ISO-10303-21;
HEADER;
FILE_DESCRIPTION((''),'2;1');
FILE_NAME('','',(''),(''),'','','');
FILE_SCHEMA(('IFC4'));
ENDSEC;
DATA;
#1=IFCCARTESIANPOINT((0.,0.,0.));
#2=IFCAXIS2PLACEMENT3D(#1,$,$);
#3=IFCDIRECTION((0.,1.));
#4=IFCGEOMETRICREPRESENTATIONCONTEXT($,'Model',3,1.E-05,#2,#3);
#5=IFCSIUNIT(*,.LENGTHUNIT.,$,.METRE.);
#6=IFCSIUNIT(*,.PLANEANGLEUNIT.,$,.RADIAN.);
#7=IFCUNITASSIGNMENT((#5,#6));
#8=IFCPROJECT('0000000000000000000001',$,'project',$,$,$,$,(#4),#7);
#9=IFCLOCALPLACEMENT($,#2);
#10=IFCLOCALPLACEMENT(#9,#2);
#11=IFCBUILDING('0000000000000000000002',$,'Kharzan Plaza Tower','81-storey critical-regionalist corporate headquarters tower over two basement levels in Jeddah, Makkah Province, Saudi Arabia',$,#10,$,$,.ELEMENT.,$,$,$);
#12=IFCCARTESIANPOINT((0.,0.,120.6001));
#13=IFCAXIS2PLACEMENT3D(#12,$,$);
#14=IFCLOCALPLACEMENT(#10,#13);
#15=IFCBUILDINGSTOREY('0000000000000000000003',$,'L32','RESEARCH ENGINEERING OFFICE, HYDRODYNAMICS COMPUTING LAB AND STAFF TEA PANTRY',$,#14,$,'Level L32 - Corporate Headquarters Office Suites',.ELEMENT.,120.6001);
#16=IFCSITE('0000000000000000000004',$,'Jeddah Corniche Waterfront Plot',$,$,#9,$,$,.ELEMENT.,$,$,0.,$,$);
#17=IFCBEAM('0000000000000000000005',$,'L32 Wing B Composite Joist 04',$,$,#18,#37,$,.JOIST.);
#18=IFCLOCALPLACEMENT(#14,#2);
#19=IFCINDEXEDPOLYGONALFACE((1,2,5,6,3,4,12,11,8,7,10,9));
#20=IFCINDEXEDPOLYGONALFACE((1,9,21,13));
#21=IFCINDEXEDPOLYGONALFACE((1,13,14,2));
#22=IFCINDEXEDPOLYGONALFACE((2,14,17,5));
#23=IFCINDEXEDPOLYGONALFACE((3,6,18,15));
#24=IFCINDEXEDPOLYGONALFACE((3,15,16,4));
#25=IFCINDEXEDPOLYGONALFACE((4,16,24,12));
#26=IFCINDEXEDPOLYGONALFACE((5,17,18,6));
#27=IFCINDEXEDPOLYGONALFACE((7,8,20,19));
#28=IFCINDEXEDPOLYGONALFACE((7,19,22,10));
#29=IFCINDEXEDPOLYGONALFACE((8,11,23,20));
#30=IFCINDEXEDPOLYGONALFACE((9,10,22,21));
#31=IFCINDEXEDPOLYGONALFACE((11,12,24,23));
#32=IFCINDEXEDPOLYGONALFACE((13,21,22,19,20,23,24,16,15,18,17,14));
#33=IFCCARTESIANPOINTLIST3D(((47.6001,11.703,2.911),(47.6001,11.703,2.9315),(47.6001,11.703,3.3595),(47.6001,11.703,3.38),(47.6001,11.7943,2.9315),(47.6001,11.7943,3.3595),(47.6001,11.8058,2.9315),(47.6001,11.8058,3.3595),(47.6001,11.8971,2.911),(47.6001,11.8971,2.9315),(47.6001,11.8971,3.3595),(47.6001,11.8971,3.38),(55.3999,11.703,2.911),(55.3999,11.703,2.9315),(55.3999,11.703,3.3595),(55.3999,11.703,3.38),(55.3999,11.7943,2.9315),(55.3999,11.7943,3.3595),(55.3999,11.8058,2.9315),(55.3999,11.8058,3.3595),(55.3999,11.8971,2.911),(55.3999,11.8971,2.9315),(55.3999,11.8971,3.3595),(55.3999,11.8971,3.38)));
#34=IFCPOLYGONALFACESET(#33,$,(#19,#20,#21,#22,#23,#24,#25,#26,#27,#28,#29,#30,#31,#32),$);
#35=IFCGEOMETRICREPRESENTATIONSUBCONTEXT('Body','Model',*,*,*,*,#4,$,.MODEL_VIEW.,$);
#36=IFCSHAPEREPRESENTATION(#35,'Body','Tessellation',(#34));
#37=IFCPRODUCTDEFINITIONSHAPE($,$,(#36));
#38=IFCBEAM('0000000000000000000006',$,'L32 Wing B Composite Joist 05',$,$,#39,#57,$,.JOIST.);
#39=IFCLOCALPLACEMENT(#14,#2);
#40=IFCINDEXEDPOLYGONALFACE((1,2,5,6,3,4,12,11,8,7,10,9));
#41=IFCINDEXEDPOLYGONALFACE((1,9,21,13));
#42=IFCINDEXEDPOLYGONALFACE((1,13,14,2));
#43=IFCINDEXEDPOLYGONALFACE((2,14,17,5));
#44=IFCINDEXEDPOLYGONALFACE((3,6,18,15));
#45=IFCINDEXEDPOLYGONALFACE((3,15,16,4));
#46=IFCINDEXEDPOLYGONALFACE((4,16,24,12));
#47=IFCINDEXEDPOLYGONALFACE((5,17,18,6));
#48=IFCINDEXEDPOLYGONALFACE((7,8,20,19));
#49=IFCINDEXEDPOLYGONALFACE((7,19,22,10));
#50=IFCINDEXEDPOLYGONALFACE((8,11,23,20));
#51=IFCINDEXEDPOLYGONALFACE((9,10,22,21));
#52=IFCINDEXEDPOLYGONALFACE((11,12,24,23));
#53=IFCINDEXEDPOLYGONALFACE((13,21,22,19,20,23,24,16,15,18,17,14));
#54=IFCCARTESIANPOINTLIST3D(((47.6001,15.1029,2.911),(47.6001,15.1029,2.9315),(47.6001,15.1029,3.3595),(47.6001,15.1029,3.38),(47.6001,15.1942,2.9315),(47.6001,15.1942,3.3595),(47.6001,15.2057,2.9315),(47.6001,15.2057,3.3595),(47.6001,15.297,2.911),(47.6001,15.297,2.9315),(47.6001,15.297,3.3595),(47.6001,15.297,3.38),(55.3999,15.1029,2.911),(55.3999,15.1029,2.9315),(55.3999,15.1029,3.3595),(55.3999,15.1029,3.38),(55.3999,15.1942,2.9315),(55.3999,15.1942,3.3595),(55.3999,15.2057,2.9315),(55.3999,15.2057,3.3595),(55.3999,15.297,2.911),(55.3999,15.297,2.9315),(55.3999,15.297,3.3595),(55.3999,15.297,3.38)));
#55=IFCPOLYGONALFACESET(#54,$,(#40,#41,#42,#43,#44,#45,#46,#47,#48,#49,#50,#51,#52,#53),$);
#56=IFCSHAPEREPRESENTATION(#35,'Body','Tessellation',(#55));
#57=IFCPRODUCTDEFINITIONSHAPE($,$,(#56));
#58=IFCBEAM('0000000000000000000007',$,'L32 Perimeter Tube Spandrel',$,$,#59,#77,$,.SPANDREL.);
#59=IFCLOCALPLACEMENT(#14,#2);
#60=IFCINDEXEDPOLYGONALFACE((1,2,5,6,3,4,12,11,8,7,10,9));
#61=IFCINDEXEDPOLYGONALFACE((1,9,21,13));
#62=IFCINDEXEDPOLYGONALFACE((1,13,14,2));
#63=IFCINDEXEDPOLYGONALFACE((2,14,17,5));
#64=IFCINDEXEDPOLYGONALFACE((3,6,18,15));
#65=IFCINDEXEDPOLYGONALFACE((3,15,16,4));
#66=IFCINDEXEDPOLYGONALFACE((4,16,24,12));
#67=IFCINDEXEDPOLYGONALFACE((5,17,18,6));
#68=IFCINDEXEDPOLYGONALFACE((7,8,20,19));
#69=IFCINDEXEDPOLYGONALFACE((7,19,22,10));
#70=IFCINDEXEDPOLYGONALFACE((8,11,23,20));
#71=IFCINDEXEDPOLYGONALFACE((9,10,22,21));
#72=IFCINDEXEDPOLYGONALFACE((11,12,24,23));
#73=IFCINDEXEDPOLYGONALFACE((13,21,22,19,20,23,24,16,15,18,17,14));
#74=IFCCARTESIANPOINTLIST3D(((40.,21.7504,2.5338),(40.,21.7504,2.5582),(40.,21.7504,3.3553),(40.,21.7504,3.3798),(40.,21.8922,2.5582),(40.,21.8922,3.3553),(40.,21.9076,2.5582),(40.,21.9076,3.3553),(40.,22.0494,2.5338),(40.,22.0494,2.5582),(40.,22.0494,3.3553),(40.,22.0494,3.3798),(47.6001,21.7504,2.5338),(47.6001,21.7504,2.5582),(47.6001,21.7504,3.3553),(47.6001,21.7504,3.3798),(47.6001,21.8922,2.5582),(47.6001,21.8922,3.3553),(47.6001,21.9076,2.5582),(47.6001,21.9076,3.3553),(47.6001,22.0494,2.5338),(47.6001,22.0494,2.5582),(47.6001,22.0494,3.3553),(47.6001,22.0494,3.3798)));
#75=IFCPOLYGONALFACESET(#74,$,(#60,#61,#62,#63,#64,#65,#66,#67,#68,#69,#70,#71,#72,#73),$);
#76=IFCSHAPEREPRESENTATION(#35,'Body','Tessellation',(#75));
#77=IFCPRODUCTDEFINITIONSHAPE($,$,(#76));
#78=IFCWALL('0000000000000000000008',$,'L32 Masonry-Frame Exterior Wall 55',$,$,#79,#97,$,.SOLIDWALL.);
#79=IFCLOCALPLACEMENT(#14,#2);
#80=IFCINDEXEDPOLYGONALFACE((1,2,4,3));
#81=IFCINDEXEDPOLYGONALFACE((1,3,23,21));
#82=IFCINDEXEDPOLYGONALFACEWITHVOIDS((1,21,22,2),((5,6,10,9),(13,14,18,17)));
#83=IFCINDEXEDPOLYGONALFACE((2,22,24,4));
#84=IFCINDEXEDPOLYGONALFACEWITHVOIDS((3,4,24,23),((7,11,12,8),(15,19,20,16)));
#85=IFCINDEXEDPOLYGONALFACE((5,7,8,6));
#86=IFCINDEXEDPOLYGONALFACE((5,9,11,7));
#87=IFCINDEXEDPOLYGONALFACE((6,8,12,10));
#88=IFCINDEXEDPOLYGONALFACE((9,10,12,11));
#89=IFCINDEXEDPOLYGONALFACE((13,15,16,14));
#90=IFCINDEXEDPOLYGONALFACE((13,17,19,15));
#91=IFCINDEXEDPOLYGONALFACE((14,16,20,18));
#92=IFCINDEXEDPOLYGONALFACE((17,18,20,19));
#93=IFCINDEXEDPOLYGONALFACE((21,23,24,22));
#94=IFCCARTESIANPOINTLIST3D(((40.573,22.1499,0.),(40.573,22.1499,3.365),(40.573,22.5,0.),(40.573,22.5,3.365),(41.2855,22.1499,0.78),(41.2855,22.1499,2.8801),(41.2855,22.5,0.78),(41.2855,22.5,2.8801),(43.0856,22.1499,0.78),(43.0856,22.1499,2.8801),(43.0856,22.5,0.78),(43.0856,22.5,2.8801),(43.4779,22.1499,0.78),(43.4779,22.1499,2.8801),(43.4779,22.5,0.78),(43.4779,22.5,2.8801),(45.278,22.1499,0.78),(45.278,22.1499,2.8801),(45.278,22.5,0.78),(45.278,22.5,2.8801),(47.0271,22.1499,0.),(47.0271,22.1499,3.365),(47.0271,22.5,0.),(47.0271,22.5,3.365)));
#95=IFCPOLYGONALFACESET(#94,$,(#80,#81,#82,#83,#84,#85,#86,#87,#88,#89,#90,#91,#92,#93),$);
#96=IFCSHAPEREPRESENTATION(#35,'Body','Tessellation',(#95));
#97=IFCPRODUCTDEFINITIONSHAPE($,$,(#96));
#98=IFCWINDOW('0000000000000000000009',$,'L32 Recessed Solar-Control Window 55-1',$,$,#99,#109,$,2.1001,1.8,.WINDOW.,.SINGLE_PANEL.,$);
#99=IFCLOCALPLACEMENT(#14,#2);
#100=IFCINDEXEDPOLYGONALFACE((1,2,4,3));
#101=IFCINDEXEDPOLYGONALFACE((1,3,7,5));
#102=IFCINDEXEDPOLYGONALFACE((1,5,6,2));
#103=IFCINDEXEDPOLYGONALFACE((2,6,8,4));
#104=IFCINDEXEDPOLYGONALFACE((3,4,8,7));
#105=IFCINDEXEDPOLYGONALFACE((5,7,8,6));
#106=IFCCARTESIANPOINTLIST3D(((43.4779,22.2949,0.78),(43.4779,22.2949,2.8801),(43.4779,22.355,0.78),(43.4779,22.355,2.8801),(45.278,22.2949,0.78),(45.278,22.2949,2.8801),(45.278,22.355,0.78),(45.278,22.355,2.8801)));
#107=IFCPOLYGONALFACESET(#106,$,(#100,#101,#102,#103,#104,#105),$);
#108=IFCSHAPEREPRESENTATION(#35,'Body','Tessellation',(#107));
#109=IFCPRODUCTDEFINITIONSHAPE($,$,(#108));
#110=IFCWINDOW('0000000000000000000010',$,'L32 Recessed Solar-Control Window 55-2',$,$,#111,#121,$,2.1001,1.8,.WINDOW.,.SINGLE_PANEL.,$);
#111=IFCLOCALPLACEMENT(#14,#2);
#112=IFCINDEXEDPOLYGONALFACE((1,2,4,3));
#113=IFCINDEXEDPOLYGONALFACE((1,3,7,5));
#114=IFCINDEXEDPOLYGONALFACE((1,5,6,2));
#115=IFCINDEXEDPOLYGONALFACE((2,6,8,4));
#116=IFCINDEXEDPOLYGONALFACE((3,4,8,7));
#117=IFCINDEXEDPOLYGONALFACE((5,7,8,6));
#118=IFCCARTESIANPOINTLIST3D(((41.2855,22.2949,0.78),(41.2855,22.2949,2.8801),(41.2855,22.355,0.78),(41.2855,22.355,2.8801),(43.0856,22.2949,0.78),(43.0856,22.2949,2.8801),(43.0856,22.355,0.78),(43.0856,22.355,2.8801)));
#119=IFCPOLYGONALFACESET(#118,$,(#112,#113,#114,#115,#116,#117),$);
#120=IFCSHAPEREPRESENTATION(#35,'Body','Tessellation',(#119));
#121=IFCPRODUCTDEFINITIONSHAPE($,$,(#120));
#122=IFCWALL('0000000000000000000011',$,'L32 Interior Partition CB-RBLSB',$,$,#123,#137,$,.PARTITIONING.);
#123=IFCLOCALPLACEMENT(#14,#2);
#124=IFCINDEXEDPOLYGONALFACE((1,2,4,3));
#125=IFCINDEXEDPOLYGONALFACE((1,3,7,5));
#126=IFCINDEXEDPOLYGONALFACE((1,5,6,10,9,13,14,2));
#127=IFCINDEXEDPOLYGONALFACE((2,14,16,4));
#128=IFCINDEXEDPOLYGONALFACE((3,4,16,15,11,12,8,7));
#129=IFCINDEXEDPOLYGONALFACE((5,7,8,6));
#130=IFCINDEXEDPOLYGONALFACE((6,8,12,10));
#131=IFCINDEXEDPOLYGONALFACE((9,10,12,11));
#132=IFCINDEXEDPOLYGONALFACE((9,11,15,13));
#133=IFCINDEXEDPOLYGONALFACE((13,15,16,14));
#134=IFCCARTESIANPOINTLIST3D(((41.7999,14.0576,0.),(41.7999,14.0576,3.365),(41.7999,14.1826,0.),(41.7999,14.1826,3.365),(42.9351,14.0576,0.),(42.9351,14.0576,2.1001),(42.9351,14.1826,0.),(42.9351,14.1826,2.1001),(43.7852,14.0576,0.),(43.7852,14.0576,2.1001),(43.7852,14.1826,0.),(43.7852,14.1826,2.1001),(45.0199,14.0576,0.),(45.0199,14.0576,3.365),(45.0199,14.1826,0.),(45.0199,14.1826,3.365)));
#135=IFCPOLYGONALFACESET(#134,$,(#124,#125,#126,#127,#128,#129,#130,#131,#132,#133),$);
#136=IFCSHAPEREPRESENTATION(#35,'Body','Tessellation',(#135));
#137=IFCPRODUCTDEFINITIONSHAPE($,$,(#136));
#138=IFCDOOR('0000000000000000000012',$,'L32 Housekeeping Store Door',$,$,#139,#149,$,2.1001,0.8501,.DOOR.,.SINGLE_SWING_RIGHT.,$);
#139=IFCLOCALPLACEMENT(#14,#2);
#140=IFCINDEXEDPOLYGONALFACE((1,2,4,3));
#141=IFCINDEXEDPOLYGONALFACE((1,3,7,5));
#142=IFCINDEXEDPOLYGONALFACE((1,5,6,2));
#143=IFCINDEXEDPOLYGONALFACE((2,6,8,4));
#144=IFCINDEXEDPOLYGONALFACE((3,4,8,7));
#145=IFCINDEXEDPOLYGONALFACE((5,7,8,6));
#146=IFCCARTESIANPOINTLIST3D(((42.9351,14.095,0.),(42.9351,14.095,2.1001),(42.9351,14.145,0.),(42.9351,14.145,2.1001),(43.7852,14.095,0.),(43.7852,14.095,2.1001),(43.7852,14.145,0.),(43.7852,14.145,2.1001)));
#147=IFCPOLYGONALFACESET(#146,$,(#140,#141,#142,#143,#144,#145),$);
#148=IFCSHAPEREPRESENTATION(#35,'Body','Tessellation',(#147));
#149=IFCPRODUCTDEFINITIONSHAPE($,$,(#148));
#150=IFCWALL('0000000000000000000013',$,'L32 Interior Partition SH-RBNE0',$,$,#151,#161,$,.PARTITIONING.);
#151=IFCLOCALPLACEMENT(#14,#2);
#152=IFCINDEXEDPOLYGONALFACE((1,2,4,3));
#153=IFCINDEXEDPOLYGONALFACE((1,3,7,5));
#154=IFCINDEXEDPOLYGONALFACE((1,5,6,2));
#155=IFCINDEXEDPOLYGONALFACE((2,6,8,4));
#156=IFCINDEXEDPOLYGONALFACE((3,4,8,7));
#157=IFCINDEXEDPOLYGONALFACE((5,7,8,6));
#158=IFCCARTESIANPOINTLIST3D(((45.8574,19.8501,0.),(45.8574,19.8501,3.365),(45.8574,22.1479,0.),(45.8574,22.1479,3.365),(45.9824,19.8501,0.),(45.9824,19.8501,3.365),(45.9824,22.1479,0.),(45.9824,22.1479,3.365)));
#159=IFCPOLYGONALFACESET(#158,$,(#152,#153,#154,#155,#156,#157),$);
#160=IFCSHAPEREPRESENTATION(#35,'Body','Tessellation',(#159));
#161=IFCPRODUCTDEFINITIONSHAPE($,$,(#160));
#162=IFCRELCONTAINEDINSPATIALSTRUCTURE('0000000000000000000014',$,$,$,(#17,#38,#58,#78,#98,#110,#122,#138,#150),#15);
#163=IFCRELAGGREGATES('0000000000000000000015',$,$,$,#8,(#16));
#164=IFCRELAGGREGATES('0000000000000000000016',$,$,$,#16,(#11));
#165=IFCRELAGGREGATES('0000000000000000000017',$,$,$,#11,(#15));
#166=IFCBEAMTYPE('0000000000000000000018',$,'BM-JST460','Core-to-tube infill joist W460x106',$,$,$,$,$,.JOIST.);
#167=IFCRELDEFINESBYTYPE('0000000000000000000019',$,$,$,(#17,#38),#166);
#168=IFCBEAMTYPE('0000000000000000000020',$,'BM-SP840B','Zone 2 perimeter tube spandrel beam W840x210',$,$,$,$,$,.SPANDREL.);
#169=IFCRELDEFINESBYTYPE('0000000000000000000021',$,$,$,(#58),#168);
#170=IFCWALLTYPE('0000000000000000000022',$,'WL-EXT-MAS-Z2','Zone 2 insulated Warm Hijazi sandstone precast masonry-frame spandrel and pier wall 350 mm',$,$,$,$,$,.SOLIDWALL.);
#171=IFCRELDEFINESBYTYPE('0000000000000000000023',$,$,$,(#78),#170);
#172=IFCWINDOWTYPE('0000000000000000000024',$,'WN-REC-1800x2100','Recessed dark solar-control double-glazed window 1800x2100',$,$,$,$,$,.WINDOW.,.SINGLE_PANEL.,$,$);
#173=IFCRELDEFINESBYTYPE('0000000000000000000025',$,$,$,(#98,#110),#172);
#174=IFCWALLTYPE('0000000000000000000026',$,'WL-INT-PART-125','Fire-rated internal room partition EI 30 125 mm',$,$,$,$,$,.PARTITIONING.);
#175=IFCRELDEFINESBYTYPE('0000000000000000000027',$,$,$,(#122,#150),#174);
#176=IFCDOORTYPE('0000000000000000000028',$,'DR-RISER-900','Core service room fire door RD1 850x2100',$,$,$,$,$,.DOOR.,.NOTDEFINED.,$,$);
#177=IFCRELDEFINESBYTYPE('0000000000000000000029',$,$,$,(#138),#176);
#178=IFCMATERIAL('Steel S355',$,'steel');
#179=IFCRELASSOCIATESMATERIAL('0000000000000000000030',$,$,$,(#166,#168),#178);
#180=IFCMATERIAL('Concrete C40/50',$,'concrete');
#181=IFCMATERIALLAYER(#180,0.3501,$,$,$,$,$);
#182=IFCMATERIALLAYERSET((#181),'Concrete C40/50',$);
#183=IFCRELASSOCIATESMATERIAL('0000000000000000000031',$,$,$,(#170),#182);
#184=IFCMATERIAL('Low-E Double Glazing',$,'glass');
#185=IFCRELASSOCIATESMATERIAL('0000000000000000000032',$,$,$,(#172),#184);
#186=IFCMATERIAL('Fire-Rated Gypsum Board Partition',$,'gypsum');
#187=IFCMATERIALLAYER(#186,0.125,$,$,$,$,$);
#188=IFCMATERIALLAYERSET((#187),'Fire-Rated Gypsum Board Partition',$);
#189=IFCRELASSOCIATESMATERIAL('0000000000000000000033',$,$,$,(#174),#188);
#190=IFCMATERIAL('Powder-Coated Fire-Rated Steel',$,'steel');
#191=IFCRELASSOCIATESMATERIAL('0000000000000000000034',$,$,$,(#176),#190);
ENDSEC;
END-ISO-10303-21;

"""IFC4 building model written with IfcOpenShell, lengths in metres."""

from ifc_helpers import new_model, si_unit, direction, frame, frame_2d, origin, origin_2d, place, context, subcontext, project, spatial, rectangle, i_section, extrude, source, transform, mapped, material, layer, layer_set, material_profile, profile_set, type_object, element, fill, save


model = new_model("IFC4")

# Units and contexts
model_context = context("Model", 3, precision=1e-05, world=origin(), true_north=direction((0.0, 1.0)))
body_context = subcontext(model_context, "Body", "Model", "MODEL_VIEW")
ifc_project = project(units=[si_unit("LENGTHUNIT", "METRE"), si_unit("PLANEANGLEUNIT", "RADIAN")], contexts=[model_context])

# Site, building, storey
site_placement = place(None, origin())
site = spatial("IfcSite", under=ifc_project, at=site_placement, Name="Jeddah Corniche Waterfront Plot", CompositionType="ELEMENT", RefElevation=0.0)
building_placement = place(site_placement, origin())
building = spatial("IfcBuilding", under=site, at=building_placement, Name="Kharzan Plaza Tower", Description="81-storey critical-regionalist corporate headquarters tower over two basement levels in Jeddah, Makkah Province, Saudi Arabia", CompositionType="ELEMENT")
storey_placement = place(building_placement, frame((0.0, 0.0, 120.6001)))
storey = spatial("IfcBuildingStorey", under=building, at=storey_placement, Name="L32", Description="RESEARCH ENGINEERING OFFICE, HYDRODYNAMICS COMPUTING LAB AND STAFF TEA PANTRY", LongName="Level L32 - Corporate Headquarters Office Suites", CompositionType="ELEMENT", Elevation=120.6001)

# Beams
ifc_material_1 = material(Name="Steel S355", Category="steel")
ifc_material_profile_1 = material_profile(ifc_material_1, i_section(OverallWidth=0.1941, OverallDepth=0.469, WebThickness=0.0115, FlangeThickness=0.0205, at=origin_2d()), Name="W460x106")
ifc_profile_set_1 = profile_set([ifc_material_profile_1], Name="Steel S355")
beam_type_1 = type_object("IfcBeamType", Name="BM-JST460", Description="Core-to-tube infill joist W460x106", PredefinedType="JOIST", material=ifc_profile_set_1)
shared_shape_1 = source(origin(), body_context, "Body", "SweptSolid", [
    extrude(i_section(OverallWidth=0.1941, OverallDepth=0.469, WebThickness=0.0115, FlangeThickness=0.0205, at=origin_2d()), origin(), (0.0, 0.0, 1.0), 7.7998),
])
for number, where, z_axis, x_axis, name in (
    (1, (47.6001, 11.8, 3.1455), (1.0, 0.0, 0.0), (0.0, 1.0, 0.0), "L32 Wing B Composite Joist 04"),
    (2, (47.6001, 15.2, 3.1455), (1.0, 0.0, 0.0), (0.0, 1.0, 0.0), "L32 Wing B Composite Joist 05"),
):
    element("IfcBeam", number, at=place(storey_placement, frame(where, z_axis=z_axis, x_axis=x_axis)), inside=storey, type_object=beam_type_1, Name=name, PredefinedType="JOIST", context=body_context, shape_type="MappedRepresentation", body=[
        mapped(shared_shape_1, transform((0.0, 0.0, 0.0), x_axis=(1.0, 0.0, 0.0), y_axis=(0.0, 1.0, 0.0), z_axis=(0.0, 0.0, 1.0))),
    ])
ifc_material_profile_2 = material_profile(ifc_material_1, i_section(OverallWidth=0.2991, OverallDepth=0.8459, WebThickness=0.0154, FlangeThickness=0.0244, at=origin_2d()), Name="W840x210")
ifc_profile_set_2 = profile_set([ifc_material_profile_2], Name="Steel S355")
beam_type_2 = type_object("IfcBeamType", Name="BM-SP840B", Description="Zone 2 perimeter tube spandrel beam W840x210", PredefinedType="SPANDREL", material=ifc_profile_set_2)
shared_shape_2 = source(origin(), body_context, "Body", "SweptSolid", [
    extrude(i_section(OverallWidth=0.2991, OverallDepth=0.8459, WebThickness=0.0154, FlangeThickness=0.0244, at=origin_2d()), origin(), (0.0, 0.0, 1.0), 7.6001),
])
beam_1_placement = place(storey_placement, frame((40.0, 21.8999, 2.9568), z_axis=(1.0, 0.0, 0.0), x_axis=(0.0, 1.0, 0.0)))
element("IfcBeam", 3, at=beam_1_placement, inside=storey, type_object=beam_type_2, Name="L32 Perimeter Tube Spandrel", PredefinedType="SPANDREL", context=body_context, shape_type="MappedRepresentation", body=[
    mapped(shared_shape_2, transform((0.0, 0.0, 0.0), x_axis=(1.0, 0.0, 0.0), y_axis=(0.0, 1.0, 0.0), z_axis=(0.0, 0.0, 1.0))),
])

# Wall, openings, windows
ifc_material_2 = material(Name="Concrete C40/50", Category="concrete")
ifc_layer_1 = layer(ifc_material_2, 0.3501)
ifc_layer_set_1 = layer_set([ifc_layer_1], Name="Concrete C40/50")
wall_type_1 = type_object("IfcWallType", Name="WL-EXT-MAS-Z2", Description="Zone 2 insulated Warm Hijazi sandstone precast masonry-frame spandrel and pier wall 350 mm", PredefinedType="SOLIDWALL", material=ifc_layer_set_1)
wall_1_placement = place(storey_placement, frame((47.0271, 22.325, 0.0), z_axis=(0.0, 0.0, 1.0), x_axis=(-1.0, 0.0, 0.0)))
wall_1 = element("IfcWall", 4, at=wall_1_placement, inside=storey, type_object=wall_type_1, Name="L32 Masonry-Frame Exterior Wall 55", PredefinedType="SOLIDWALL", context=body_context, shape_type="SweptSolid", body=[
    extrude(rectangle(XDim=6.4541, YDim=0.3501, at=frame_2d((3.2271, 0.0))), origin(), (0.0, 0.0, 1.0), 3.365),
])
opening_1_placement = place(wall_1_placement, frame((1.7493, 0.0, 0.78)))
opening_1 = element("IfcOpeningElement", 5, at=opening_1_placement, cuts=wall_1, PredefinedType="OPENING", context=body_context, shape_type="SweptSolid", body=[
    extrude(rectangle(XDim=1.8, YDim=2.1001, at=frame_2d((0.8999, 1.05))), frame((0.0, 0.1851, 0.0), z_axis=(0.0, -1.0, 0.0), x_axis=(1.0, 0.0, 0.0)), (0.0, 0.0, 1.0), 0.3701),
])
opening_2_placement = place(wall_1_placement, frame((3.9417, 0.0, 0.78)))
opening_2 = element("IfcOpeningElement", 6, at=opening_2_placement, cuts=wall_1, PredefinedType="OPENING", context=body_context, shape_type="SweptSolid", body=[
    extrude(rectangle(XDim=1.8, YDim=2.1001, at=frame_2d((0.8999, 1.05))), frame((0.0, 0.1851, 0.0), z_axis=(0.0, -1.0, 0.0), x_axis=(1.0, 0.0, 0.0)), (0.0, 0.0, 1.0), 0.3701),
])
ifc_material_3 = material(Name="Low-E Double Glazing", Category="glass")
window_type = type_object("IfcWindowType", Name="WN-REC-1800x2100", Description="Recessed dark solar-control double-glazed window 1800x2100", PartitioningType="SINGLE_PANEL", PredefinedType="WINDOW", material=ifc_material_3)
shared_shape_3 = source(origin(), body_context, "Body", "SweptSolid", [
    extrude(rectangle(XDim=1.8, YDim=2.1001, at=frame_2d((0.8999, 1.05))), frame((0.0, 0.03, 0.0), z_axis=(0.0, -1.0, 0.0), x_axis=(1.0, 0.0, 0.0)), (0.0, 0.0, 1.0), 0.0601),
])
window_1_placement = place(opening_1_placement, origin())
window_1 = element("IfcWindow", 7, at=window_1_placement, inside=storey, type_object=window_type, Name="L32 Recessed Solar-Control Window 55-1", OverallHeight=2.1001, OverallWidth=1.8, PartitioningType="SINGLE_PANEL", PredefinedType="WINDOW", context=body_context, shape_type="MappedRepresentation", body=[
    mapped(shared_shape_3, transform((0.0, 0.0, 0.0), x_axis=(1.0, 0.0, 0.0), y_axis=(0.0, 1.0, 0.0), z_axis=(0.0, 0.0, 1.0))),
])
fill(opening_1, window_1)
window_2_placement = place(opening_2_placement, origin())
window_2 = element("IfcWindow", 8, at=window_2_placement, inside=storey, type_object=window_type, Name="L32 Recessed Solar-Control Window 55-2", OverallHeight=2.1001, OverallWidth=1.8, PartitioningType="SINGLE_PANEL", PredefinedType="WINDOW", context=body_context, shape_type="MappedRepresentation", body=[
    mapped(shared_shape_3, transform((0.0, 0.0, 0.0), x_axis=(1.0, 0.0, 0.0), y_axis=(0.0, 1.0, 0.0), z_axis=(0.0, 0.0, 1.0))),
])
fill(opening_2, window_2)

# Wall, opening, door
ifc_material_4 = material(Name="Fire-Rated Gypsum Board Partition", Category="gypsum")
ifc_layer_2 = layer(ifc_material_4, 0.125)
ifc_layer_set_2 = layer_set([ifc_layer_2], Name="Fire-Rated Gypsum Board Partition")
wall_type_2 = type_object("IfcWallType", Name="WL-INT-PART-125", Description="Fire-rated internal room partition EI 30 125 mm", PredefinedType="PARTITIONING", material=ifc_layer_set_2)
wall_2_placement = place(storey_placement, frame((41.8, 14.1201, 0.0), z_axis=(0.0, 0.0, 1.0), x_axis=(1.0, 0.0, 0.0)))
wall_2 = element("IfcWall", 9, at=wall_2_placement, inside=storey, type_object=wall_type_2, Name="L32 Interior Partition CB-RBLSB", PredefinedType="PARTITIONING", context=body_context, shape_type="SweptSolid", body=[
    extrude(rectangle(XDim=3.22, YDim=0.125, at=frame_2d((1.6099, 0.0))), origin(), (0.0, 0.0, 1.0), 3.365),
])
opening_3_placement = place(wall_2_placement, frame((1.135, 0.0, 0.0)))
opening_3 = element("IfcOpeningElement", 10, at=opening_3_placement, cuts=wall_2, PredefinedType="OPENING", context=body_context, shape_type="SweptSolid", body=[
    extrude(rectangle(XDim=0.8501, YDim=2.1001, at=frame_2d((0.425, 1.05))), frame((0.0, 0.0725, 0.0), z_axis=(0.0, -1.0, 0.0), x_axis=(1.0, 0.0, 0.0)), (0.0, 0.0, 1.0), 0.145),
])
ifc_material_5 = material(Name="Powder-Coated Fire-Rated Steel", Category="steel")
door_type_1 = type_object("IfcDoorType", Name="DR-RISER-900", Description="Core service room fire door RD1 850x2100", OperationType="NOTDEFINED", PredefinedType="DOOR", material=ifc_material_5)
shared_shape_4 = source(origin(), body_context, "Body", "SweptSolid", [
    extrude(rectangle(XDim=0.8501, YDim=2.1001, at=frame_2d((0.425, 1.05))), frame((0.0, 0.0249, 0.0), z_axis=(0.0, -1.0, 0.0), x_axis=(1.0, 0.0, 0.0)), (0.0, 0.0, 1.0), 0.05),
])
door_1_placement = place(opening_3_placement, origin())
door_1 = element("IfcDoor", 11, at=door_1_placement, inside=storey, type_object=door_type_1, Name="L32 Housekeeping Store Door", OperationType="SINGLE_SWING_RIGHT", OverallHeight=2.1001, OverallWidth=0.8501, PredefinedType="DOOR", context=body_context, shape_type="MappedRepresentation", body=[
    mapped(shared_shape_4, transform((0.0, 0.0, 0.0), x_axis=(1.0, 0.0, 0.0), y_axis=(0.0, 1.0, 0.0), z_axis=(0.0, 0.0, 1.0))),
])
fill(opening_3, door_1)

# Wall
shared_shape_5 = source(origin(), body_context, "Body", "SweptSolid", [
    extrude(rectangle(XDim=2.2979, YDim=0.125, at=frame_2d((1.1489, 0.0))), origin(), (0.0, 0.0, 1.0), 3.365),
])
wall_3_placement = place(storey_placement, frame((45.9199, 19.8501, 0.0), z_axis=(0.0, 0.0, 1.0), x_axis=(0.0, 1.0, 0.0)))
element("IfcWall", 12, at=wall_3_placement, inside=storey, type_object=wall_type_2, Name="L32 Interior Partition SH-RBNE0", PredefinedType="PARTITIONING", context=body_context, shape_type="MappedRepresentation", body=[
    mapped(shared_shape_5, transform((0.0, 0.0, 0.0), x_axis=(1.0, 0.0, 0.0), y_axis=(0.0, 1.0, 0.0), z_axis=(0.0, 0.0, 1.0))),
])

save(model, "model.ifc")
